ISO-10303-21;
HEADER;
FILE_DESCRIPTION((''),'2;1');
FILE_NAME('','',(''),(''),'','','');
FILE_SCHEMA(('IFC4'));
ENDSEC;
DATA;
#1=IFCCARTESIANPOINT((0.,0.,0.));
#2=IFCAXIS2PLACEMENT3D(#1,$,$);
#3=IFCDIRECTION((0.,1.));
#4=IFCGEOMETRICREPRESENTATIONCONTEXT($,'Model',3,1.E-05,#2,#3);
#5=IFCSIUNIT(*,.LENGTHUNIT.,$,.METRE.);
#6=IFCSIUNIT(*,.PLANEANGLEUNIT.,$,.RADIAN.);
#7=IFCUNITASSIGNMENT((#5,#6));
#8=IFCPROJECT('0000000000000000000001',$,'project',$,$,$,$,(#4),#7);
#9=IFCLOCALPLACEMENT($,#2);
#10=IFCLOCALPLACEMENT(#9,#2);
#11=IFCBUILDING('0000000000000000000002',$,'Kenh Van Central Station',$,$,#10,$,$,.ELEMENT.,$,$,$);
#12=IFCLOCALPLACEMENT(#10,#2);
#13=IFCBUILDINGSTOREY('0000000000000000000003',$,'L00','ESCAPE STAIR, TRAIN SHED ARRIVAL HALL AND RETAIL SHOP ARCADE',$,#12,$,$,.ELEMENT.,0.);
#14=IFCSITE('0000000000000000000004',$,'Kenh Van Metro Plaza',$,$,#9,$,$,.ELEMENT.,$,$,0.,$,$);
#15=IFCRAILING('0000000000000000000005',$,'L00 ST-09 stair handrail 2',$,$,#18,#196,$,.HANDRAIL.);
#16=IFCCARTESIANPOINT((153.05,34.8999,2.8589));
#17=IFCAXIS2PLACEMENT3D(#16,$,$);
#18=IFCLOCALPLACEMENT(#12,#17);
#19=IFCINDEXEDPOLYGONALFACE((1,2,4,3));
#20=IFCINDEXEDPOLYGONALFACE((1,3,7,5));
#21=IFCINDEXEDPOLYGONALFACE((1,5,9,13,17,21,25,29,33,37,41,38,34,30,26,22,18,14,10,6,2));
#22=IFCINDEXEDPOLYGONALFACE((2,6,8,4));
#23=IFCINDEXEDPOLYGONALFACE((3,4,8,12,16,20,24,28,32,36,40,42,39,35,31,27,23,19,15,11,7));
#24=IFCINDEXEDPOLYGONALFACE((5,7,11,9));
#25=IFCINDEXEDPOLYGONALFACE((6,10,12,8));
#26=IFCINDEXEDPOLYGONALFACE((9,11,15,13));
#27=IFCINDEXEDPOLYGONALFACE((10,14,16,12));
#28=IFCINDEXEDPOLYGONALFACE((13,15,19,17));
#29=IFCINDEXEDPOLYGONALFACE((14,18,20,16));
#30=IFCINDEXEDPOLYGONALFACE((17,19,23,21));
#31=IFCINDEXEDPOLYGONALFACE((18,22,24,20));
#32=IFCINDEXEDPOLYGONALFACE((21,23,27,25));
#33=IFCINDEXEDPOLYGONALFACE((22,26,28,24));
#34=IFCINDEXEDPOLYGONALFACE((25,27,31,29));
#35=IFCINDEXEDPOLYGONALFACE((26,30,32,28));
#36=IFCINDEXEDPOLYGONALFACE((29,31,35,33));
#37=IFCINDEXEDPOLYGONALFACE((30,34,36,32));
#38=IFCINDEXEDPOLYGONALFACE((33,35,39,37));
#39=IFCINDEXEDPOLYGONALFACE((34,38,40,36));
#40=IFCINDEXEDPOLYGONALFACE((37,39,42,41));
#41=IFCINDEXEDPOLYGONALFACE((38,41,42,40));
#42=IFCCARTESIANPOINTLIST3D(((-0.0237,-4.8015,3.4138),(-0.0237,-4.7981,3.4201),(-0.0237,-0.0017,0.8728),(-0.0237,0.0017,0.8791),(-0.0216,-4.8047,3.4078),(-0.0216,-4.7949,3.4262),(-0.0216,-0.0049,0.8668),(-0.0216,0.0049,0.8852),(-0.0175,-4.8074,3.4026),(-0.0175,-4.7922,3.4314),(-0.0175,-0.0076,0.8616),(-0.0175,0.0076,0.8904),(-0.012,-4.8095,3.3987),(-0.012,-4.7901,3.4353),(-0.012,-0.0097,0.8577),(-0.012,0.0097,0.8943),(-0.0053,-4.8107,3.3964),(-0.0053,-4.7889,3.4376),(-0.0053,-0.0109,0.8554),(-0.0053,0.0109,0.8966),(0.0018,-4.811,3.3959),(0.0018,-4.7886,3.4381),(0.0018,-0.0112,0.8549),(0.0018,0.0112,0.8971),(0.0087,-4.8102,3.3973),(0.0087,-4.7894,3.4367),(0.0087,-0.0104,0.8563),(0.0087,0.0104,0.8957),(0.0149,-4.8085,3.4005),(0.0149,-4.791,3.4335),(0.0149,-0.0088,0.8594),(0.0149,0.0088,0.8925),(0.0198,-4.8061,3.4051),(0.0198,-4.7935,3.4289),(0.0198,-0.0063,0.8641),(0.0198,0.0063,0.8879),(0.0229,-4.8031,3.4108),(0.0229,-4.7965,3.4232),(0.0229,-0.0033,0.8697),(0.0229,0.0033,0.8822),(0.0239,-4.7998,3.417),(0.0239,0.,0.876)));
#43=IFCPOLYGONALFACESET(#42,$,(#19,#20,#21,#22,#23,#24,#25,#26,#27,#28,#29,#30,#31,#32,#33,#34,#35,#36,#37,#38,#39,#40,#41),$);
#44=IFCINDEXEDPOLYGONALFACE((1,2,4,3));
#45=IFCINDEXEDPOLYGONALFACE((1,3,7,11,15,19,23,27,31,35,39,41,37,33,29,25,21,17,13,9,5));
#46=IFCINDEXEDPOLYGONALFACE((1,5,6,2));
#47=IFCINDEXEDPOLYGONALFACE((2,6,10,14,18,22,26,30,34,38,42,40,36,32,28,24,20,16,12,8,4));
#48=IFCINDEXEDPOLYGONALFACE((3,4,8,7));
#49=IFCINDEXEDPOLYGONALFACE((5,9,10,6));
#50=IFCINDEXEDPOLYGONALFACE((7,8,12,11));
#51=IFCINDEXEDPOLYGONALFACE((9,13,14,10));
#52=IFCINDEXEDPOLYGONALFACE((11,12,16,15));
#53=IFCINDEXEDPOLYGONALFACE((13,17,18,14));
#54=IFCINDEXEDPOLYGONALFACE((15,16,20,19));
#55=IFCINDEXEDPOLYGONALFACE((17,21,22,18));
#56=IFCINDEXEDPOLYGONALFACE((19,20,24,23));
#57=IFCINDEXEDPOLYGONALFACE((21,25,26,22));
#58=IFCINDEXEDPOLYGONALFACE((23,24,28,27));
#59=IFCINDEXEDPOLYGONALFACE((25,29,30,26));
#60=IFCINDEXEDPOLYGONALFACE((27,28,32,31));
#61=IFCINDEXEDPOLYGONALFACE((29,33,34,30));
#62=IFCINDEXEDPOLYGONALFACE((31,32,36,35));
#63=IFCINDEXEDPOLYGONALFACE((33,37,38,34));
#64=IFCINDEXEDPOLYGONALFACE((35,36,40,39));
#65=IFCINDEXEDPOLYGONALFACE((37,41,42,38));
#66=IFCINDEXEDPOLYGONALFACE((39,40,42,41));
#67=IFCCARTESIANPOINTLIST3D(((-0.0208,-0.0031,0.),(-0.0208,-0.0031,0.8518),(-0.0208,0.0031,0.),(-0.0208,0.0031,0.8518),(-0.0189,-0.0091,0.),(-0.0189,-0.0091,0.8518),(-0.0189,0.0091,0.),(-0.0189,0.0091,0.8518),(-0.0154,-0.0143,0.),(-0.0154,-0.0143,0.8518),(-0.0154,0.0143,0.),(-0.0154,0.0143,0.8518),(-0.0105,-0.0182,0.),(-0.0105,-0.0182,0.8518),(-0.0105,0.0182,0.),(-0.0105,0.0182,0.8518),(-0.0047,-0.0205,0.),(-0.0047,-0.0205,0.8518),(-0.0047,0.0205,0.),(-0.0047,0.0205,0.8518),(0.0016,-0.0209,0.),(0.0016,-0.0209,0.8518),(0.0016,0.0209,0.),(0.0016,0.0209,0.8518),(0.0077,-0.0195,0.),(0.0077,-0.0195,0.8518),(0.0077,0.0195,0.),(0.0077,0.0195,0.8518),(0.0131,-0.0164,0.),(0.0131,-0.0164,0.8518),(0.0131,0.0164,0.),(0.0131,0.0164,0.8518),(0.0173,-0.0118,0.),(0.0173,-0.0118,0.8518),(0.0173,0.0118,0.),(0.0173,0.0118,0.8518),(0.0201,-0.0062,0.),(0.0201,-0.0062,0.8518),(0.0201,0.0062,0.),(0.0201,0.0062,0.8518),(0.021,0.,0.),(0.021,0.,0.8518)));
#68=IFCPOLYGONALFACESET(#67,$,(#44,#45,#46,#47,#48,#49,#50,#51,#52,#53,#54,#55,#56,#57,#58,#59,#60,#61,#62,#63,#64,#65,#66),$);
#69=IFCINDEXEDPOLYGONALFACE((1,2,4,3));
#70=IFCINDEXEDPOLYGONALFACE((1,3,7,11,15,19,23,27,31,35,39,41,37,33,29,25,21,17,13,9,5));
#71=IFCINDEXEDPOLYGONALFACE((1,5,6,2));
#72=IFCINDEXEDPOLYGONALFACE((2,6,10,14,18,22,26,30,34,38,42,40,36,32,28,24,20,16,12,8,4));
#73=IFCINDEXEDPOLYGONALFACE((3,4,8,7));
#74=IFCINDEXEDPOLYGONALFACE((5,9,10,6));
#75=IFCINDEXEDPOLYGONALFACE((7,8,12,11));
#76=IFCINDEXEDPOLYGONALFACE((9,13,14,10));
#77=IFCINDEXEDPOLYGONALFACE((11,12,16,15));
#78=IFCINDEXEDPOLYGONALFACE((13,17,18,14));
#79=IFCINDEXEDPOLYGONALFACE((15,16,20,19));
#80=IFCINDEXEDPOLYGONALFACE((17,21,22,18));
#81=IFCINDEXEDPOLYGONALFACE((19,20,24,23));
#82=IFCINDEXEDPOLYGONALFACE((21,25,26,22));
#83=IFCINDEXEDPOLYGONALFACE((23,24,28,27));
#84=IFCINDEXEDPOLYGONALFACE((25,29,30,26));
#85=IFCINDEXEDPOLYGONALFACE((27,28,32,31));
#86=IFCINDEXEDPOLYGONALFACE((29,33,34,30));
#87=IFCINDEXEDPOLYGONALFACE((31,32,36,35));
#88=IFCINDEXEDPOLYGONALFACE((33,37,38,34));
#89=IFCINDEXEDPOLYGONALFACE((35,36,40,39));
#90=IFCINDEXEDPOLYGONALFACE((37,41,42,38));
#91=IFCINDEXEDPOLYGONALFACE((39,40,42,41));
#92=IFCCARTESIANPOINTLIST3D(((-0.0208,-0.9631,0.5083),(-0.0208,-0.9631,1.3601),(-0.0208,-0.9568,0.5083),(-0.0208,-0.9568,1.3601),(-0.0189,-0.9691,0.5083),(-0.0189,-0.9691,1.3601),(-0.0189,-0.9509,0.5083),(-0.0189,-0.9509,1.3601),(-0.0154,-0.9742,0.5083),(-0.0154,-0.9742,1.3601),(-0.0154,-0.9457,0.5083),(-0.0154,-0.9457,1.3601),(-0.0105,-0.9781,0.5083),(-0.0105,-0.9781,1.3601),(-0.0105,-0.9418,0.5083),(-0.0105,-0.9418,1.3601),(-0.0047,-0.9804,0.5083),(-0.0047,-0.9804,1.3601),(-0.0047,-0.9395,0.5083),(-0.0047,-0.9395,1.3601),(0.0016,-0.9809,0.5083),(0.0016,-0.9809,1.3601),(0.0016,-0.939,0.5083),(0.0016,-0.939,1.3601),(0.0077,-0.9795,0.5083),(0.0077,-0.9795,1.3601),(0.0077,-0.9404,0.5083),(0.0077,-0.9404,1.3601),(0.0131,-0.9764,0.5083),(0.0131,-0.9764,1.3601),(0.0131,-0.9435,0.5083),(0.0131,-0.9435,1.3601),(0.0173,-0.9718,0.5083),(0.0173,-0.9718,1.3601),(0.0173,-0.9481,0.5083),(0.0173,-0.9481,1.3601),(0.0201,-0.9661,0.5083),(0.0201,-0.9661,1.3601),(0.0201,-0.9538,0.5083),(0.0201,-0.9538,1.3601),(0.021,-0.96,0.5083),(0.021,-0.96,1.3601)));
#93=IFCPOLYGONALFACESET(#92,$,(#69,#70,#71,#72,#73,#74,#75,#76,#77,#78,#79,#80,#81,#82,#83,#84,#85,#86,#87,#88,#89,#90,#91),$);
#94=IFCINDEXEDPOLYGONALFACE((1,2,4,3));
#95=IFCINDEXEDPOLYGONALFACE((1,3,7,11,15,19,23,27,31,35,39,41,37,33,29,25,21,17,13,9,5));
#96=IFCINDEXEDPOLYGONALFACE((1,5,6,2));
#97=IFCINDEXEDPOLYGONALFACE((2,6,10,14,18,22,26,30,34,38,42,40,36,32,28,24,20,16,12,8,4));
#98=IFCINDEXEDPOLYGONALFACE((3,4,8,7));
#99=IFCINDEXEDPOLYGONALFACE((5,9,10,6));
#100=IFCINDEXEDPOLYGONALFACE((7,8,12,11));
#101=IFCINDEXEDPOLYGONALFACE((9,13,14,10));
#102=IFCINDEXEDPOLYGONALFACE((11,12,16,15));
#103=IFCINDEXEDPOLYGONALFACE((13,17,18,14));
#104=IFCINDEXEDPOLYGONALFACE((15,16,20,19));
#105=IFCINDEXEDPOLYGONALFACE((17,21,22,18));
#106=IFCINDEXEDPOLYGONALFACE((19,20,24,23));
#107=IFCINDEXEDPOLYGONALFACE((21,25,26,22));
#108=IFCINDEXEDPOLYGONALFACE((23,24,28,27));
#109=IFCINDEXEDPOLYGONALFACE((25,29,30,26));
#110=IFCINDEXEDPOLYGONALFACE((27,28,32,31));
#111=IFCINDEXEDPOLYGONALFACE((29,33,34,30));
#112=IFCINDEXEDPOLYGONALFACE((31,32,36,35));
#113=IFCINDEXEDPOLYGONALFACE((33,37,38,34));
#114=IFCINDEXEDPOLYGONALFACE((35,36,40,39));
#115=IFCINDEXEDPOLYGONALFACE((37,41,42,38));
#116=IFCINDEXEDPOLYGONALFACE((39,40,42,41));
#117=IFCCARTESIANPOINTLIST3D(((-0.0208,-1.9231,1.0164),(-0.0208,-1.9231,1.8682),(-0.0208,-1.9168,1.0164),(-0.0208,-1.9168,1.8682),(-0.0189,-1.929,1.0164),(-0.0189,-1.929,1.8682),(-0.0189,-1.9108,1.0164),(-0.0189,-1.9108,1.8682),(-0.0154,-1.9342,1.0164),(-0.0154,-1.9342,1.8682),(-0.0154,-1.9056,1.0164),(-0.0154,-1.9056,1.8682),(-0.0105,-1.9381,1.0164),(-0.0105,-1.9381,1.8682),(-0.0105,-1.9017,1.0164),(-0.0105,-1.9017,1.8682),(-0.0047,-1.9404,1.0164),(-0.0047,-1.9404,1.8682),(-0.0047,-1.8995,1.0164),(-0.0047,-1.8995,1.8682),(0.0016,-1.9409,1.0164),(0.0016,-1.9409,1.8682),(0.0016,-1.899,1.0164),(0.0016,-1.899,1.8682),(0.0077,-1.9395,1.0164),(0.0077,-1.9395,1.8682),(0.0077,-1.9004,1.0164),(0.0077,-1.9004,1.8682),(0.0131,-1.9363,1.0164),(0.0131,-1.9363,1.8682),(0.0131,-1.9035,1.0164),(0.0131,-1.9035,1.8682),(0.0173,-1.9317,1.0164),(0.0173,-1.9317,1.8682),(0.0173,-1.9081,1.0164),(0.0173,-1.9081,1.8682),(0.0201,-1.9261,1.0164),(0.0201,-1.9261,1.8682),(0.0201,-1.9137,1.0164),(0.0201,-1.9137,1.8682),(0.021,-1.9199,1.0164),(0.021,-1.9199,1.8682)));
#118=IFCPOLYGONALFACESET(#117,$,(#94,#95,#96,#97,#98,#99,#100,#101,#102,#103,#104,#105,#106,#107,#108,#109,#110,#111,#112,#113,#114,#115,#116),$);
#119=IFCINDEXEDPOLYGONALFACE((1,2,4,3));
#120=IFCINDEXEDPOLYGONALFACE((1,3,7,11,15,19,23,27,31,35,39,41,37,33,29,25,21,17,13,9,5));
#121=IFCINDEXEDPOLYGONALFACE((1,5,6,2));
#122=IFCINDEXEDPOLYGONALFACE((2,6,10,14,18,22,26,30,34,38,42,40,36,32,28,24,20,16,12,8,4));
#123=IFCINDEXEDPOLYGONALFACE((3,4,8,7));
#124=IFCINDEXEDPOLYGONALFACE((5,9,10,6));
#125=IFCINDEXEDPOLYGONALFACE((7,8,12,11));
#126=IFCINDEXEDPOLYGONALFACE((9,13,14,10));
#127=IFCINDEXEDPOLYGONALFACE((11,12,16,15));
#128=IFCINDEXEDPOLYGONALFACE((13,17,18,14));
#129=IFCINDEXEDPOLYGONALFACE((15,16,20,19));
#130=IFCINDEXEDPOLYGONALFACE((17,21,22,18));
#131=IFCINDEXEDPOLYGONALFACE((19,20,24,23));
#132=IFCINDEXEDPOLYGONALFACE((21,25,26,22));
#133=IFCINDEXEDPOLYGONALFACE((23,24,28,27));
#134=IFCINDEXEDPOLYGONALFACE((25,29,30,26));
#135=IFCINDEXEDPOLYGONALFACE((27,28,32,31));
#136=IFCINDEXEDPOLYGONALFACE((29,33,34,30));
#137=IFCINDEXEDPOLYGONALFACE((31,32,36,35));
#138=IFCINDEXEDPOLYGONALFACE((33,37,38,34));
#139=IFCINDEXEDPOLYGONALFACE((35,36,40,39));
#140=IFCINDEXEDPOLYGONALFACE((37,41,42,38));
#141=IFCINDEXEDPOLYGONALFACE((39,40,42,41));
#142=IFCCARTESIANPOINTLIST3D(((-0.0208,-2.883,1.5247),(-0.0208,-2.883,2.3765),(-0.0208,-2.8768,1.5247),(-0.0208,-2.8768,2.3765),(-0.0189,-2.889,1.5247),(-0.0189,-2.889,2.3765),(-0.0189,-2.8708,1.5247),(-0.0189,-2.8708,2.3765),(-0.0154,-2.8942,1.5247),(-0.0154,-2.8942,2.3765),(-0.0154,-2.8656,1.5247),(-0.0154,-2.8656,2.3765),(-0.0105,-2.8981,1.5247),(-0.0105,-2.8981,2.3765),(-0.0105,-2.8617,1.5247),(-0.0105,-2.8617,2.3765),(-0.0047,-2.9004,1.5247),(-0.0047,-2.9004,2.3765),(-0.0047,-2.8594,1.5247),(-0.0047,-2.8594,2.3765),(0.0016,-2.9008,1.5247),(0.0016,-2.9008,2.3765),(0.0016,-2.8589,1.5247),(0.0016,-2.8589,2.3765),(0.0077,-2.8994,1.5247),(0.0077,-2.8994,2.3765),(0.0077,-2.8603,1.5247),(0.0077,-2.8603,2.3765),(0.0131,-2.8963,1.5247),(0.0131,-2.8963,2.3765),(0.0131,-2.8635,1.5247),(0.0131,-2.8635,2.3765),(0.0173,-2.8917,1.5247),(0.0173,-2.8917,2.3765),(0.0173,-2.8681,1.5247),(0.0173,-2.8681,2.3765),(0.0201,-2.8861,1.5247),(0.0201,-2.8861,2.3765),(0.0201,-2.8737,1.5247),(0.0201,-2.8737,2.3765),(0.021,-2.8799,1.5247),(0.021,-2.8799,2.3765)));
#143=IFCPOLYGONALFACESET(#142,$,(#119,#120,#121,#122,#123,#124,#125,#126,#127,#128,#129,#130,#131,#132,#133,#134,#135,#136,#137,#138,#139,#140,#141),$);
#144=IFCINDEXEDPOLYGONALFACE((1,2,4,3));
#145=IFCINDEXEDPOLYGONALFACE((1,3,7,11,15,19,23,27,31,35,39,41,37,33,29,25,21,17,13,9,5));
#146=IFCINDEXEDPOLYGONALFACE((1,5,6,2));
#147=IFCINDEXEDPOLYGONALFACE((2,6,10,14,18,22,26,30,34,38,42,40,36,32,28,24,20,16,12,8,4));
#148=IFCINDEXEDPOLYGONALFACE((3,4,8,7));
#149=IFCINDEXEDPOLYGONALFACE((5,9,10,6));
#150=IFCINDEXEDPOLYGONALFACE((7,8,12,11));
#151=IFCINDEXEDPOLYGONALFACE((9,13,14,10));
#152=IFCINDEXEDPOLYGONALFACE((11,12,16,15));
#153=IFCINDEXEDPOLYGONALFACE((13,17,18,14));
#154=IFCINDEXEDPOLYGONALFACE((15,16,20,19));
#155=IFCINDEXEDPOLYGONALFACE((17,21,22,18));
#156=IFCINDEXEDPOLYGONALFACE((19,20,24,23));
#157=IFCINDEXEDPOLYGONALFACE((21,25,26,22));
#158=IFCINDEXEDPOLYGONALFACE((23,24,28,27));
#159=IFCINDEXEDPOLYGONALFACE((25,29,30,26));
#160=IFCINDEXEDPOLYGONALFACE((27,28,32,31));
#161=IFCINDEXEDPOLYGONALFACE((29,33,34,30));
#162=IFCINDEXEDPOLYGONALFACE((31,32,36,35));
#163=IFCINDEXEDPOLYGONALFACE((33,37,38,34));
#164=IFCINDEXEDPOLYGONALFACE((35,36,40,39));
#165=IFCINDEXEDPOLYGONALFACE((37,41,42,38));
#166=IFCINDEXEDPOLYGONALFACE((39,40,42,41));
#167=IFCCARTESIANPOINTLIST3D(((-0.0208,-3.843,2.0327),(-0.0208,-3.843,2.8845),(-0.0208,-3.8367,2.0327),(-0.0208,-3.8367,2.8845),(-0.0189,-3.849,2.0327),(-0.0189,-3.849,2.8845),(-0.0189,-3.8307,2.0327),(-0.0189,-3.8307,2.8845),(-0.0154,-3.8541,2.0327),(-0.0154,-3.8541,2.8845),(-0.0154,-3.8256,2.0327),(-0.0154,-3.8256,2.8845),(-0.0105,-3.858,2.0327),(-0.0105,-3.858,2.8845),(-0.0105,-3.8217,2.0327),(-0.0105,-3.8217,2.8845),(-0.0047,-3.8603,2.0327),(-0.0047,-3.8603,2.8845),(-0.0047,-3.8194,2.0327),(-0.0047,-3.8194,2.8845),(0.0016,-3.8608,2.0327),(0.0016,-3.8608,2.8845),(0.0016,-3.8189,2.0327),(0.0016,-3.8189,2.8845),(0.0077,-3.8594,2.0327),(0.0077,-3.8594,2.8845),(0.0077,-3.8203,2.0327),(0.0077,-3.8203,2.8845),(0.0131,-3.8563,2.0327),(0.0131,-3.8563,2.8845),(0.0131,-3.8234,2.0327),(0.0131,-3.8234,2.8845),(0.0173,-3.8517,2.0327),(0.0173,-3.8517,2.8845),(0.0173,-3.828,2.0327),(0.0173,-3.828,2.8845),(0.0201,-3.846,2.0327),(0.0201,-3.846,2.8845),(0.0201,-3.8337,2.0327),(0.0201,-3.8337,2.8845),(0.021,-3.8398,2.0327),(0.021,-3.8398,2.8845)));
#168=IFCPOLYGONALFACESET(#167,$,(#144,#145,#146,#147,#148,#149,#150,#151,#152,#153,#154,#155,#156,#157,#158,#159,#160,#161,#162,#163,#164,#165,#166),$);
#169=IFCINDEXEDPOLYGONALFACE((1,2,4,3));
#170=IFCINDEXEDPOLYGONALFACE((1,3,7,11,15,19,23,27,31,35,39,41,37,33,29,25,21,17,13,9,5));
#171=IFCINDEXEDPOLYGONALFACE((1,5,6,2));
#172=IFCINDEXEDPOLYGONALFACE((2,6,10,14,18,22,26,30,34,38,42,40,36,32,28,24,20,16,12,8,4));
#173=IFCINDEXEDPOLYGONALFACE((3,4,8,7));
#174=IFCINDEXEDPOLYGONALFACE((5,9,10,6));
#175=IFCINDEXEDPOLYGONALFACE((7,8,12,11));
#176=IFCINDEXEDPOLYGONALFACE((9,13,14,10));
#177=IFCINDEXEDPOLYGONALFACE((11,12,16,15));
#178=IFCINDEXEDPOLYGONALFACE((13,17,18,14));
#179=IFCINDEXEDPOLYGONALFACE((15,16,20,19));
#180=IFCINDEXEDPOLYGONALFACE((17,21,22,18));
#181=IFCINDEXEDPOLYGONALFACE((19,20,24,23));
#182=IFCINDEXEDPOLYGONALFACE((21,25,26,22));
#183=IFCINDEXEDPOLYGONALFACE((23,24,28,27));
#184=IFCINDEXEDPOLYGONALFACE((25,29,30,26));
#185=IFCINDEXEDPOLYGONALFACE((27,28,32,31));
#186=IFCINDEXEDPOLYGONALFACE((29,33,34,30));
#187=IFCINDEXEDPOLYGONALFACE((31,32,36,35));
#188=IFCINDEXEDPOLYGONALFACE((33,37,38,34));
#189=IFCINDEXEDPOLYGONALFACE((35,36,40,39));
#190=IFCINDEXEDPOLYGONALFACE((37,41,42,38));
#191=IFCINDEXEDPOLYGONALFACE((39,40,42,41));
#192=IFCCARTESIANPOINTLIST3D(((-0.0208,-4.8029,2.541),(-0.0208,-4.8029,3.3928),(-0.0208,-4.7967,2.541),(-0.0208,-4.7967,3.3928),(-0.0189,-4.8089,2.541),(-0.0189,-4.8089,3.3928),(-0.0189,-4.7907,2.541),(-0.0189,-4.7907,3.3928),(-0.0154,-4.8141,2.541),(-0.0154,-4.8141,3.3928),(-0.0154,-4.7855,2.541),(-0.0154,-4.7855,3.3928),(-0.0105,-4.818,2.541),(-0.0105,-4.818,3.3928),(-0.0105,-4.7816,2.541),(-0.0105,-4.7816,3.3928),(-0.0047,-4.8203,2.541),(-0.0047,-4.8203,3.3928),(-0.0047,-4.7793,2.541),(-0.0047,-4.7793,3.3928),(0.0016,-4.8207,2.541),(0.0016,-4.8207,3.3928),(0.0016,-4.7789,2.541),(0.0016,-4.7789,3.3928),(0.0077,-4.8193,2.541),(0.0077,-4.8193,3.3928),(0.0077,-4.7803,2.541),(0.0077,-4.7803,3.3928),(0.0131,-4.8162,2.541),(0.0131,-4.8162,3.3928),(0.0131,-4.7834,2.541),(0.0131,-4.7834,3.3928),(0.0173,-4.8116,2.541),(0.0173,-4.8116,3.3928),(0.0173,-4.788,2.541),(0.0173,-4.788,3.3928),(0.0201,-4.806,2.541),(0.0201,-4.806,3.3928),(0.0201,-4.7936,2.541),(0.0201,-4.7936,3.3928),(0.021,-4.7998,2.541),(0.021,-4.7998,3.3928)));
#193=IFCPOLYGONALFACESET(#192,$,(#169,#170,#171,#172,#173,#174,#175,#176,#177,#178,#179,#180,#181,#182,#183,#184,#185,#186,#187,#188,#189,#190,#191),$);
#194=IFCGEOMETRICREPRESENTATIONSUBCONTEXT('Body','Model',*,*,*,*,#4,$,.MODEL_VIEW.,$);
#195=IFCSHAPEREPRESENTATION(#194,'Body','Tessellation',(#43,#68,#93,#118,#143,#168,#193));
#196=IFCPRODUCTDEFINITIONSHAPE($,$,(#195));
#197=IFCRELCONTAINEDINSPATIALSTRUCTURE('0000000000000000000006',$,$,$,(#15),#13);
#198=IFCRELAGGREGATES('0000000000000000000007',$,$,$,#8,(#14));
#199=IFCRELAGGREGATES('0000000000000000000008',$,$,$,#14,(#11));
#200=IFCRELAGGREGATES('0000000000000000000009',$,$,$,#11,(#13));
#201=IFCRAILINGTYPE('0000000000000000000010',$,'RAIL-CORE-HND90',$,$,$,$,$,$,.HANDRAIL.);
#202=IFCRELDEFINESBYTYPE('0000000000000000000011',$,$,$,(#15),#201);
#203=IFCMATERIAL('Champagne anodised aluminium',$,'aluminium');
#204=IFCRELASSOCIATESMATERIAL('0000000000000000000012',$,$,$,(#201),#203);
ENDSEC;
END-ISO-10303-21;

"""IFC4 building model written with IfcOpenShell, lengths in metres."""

from ifc_helpers import new_model, si_unit, direction, frame, origin, origin_2d, place, context, subcontext, project, spatial, circle, extrude, material, type_object, element, save


model = new_model("IFC4")

# Units and contexts
model_context = context("Model", 3, precision=1e-05, world=origin(), true_north=direction((0.0, 1.0)))
body_context = subcontext(model_context, "Body", "Model", "MODEL_VIEW")
ifc_project = project(units=[si_unit("LENGTHUNIT", "METRE"), si_unit("PLANEANGLEUNIT", "RADIAN")], contexts=[model_context])

# Site, building, storey
site_placement = place(None, origin())
site = spatial("IfcSite", under=ifc_project, at=site_placement, Name="Kenh Van Metro Plaza", CompositionType="ELEMENT", RefElevation=0.0)
building_placement = place(site_placement, origin())
building = spatial("IfcBuilding", under=site, at=building_placement, Name="Kenh Van Central Station", CompositionType="ELEMENT")
storey_placement = place(building_placement, origin())
storey = spatial("IfcBuildingStorey", under=building, at=storey_placement, Name="L00", Description="ESCAPE STAIR, TRAIN SHED ARRIVAL HALL AND RETAIL SHOP ARCADE", CompositionType="ELEMENT", Elevation=0.0)

# Shared definitions
ifc_material_1 = material(Name="Champagne anodised aluminium", Category="aluminium")

# Railing
railing_type_1 = type_object("IfcRailingType", Name="RAIL-CORE-HND90", PredefinedType="HANDRAIL", material=ifc_material_1)
railing_1_placement = place(storey_placement, frame((153.05, 34.8999, 2.8589)))
element("IfcRailing", 1, at=railing_1_placement, inside=storey, type_object=railing_type_1, Name="L00 ST-09 stair handrail 2", PredefinedType="HANDRAIL", context=body_context, shape_type="SweptSolid", body=[
    extrude(circle(Radius=0.0239, at=origin_2d()), frame((0.0, 0.0, 0.876), z_axis=(0.0, -0.883792, 0.467879), x_axis=(1.0, 0.0, 0.0)), (0.0, 0.0, 1.0), 5.4309),
    extrude(circle(Radius=0.021, at=origin_2d()), origin(), (0.0, 0.0, 1.0), 0.8518),
    extrude(circle(Radius=0.021, at=origin_2d()), frame((0.0, -0.96, 0.5083)), (0.0, 0.0, 1.0), 0.8518),
    extrude(circle(Radius=0.021, at=origin_2d()), frame((0.0, -1.9199, 1.0164)), (0.0, 0.0, 1.0), 0.8518),
    extrude(circle(Radius=0.021, at=origin_2d()), frame((0.0, -2.8799, 1.5247)), (0.0, 0.0, 1.0), 0.8518),
    extrude(circle(Radius=0.021, at=origin_2d()), frame((0.0, -3.8398, 2.0327)), (0.0, 0.0, 1.0), 0.8518),
    extrude(circle(Radius=0.021, at=origin_2d()), frame((0.0, -4.7998, 2.541)), (0.0, 0.0, 1.0), 0.8518),
])

save(model, "model.ifc")
